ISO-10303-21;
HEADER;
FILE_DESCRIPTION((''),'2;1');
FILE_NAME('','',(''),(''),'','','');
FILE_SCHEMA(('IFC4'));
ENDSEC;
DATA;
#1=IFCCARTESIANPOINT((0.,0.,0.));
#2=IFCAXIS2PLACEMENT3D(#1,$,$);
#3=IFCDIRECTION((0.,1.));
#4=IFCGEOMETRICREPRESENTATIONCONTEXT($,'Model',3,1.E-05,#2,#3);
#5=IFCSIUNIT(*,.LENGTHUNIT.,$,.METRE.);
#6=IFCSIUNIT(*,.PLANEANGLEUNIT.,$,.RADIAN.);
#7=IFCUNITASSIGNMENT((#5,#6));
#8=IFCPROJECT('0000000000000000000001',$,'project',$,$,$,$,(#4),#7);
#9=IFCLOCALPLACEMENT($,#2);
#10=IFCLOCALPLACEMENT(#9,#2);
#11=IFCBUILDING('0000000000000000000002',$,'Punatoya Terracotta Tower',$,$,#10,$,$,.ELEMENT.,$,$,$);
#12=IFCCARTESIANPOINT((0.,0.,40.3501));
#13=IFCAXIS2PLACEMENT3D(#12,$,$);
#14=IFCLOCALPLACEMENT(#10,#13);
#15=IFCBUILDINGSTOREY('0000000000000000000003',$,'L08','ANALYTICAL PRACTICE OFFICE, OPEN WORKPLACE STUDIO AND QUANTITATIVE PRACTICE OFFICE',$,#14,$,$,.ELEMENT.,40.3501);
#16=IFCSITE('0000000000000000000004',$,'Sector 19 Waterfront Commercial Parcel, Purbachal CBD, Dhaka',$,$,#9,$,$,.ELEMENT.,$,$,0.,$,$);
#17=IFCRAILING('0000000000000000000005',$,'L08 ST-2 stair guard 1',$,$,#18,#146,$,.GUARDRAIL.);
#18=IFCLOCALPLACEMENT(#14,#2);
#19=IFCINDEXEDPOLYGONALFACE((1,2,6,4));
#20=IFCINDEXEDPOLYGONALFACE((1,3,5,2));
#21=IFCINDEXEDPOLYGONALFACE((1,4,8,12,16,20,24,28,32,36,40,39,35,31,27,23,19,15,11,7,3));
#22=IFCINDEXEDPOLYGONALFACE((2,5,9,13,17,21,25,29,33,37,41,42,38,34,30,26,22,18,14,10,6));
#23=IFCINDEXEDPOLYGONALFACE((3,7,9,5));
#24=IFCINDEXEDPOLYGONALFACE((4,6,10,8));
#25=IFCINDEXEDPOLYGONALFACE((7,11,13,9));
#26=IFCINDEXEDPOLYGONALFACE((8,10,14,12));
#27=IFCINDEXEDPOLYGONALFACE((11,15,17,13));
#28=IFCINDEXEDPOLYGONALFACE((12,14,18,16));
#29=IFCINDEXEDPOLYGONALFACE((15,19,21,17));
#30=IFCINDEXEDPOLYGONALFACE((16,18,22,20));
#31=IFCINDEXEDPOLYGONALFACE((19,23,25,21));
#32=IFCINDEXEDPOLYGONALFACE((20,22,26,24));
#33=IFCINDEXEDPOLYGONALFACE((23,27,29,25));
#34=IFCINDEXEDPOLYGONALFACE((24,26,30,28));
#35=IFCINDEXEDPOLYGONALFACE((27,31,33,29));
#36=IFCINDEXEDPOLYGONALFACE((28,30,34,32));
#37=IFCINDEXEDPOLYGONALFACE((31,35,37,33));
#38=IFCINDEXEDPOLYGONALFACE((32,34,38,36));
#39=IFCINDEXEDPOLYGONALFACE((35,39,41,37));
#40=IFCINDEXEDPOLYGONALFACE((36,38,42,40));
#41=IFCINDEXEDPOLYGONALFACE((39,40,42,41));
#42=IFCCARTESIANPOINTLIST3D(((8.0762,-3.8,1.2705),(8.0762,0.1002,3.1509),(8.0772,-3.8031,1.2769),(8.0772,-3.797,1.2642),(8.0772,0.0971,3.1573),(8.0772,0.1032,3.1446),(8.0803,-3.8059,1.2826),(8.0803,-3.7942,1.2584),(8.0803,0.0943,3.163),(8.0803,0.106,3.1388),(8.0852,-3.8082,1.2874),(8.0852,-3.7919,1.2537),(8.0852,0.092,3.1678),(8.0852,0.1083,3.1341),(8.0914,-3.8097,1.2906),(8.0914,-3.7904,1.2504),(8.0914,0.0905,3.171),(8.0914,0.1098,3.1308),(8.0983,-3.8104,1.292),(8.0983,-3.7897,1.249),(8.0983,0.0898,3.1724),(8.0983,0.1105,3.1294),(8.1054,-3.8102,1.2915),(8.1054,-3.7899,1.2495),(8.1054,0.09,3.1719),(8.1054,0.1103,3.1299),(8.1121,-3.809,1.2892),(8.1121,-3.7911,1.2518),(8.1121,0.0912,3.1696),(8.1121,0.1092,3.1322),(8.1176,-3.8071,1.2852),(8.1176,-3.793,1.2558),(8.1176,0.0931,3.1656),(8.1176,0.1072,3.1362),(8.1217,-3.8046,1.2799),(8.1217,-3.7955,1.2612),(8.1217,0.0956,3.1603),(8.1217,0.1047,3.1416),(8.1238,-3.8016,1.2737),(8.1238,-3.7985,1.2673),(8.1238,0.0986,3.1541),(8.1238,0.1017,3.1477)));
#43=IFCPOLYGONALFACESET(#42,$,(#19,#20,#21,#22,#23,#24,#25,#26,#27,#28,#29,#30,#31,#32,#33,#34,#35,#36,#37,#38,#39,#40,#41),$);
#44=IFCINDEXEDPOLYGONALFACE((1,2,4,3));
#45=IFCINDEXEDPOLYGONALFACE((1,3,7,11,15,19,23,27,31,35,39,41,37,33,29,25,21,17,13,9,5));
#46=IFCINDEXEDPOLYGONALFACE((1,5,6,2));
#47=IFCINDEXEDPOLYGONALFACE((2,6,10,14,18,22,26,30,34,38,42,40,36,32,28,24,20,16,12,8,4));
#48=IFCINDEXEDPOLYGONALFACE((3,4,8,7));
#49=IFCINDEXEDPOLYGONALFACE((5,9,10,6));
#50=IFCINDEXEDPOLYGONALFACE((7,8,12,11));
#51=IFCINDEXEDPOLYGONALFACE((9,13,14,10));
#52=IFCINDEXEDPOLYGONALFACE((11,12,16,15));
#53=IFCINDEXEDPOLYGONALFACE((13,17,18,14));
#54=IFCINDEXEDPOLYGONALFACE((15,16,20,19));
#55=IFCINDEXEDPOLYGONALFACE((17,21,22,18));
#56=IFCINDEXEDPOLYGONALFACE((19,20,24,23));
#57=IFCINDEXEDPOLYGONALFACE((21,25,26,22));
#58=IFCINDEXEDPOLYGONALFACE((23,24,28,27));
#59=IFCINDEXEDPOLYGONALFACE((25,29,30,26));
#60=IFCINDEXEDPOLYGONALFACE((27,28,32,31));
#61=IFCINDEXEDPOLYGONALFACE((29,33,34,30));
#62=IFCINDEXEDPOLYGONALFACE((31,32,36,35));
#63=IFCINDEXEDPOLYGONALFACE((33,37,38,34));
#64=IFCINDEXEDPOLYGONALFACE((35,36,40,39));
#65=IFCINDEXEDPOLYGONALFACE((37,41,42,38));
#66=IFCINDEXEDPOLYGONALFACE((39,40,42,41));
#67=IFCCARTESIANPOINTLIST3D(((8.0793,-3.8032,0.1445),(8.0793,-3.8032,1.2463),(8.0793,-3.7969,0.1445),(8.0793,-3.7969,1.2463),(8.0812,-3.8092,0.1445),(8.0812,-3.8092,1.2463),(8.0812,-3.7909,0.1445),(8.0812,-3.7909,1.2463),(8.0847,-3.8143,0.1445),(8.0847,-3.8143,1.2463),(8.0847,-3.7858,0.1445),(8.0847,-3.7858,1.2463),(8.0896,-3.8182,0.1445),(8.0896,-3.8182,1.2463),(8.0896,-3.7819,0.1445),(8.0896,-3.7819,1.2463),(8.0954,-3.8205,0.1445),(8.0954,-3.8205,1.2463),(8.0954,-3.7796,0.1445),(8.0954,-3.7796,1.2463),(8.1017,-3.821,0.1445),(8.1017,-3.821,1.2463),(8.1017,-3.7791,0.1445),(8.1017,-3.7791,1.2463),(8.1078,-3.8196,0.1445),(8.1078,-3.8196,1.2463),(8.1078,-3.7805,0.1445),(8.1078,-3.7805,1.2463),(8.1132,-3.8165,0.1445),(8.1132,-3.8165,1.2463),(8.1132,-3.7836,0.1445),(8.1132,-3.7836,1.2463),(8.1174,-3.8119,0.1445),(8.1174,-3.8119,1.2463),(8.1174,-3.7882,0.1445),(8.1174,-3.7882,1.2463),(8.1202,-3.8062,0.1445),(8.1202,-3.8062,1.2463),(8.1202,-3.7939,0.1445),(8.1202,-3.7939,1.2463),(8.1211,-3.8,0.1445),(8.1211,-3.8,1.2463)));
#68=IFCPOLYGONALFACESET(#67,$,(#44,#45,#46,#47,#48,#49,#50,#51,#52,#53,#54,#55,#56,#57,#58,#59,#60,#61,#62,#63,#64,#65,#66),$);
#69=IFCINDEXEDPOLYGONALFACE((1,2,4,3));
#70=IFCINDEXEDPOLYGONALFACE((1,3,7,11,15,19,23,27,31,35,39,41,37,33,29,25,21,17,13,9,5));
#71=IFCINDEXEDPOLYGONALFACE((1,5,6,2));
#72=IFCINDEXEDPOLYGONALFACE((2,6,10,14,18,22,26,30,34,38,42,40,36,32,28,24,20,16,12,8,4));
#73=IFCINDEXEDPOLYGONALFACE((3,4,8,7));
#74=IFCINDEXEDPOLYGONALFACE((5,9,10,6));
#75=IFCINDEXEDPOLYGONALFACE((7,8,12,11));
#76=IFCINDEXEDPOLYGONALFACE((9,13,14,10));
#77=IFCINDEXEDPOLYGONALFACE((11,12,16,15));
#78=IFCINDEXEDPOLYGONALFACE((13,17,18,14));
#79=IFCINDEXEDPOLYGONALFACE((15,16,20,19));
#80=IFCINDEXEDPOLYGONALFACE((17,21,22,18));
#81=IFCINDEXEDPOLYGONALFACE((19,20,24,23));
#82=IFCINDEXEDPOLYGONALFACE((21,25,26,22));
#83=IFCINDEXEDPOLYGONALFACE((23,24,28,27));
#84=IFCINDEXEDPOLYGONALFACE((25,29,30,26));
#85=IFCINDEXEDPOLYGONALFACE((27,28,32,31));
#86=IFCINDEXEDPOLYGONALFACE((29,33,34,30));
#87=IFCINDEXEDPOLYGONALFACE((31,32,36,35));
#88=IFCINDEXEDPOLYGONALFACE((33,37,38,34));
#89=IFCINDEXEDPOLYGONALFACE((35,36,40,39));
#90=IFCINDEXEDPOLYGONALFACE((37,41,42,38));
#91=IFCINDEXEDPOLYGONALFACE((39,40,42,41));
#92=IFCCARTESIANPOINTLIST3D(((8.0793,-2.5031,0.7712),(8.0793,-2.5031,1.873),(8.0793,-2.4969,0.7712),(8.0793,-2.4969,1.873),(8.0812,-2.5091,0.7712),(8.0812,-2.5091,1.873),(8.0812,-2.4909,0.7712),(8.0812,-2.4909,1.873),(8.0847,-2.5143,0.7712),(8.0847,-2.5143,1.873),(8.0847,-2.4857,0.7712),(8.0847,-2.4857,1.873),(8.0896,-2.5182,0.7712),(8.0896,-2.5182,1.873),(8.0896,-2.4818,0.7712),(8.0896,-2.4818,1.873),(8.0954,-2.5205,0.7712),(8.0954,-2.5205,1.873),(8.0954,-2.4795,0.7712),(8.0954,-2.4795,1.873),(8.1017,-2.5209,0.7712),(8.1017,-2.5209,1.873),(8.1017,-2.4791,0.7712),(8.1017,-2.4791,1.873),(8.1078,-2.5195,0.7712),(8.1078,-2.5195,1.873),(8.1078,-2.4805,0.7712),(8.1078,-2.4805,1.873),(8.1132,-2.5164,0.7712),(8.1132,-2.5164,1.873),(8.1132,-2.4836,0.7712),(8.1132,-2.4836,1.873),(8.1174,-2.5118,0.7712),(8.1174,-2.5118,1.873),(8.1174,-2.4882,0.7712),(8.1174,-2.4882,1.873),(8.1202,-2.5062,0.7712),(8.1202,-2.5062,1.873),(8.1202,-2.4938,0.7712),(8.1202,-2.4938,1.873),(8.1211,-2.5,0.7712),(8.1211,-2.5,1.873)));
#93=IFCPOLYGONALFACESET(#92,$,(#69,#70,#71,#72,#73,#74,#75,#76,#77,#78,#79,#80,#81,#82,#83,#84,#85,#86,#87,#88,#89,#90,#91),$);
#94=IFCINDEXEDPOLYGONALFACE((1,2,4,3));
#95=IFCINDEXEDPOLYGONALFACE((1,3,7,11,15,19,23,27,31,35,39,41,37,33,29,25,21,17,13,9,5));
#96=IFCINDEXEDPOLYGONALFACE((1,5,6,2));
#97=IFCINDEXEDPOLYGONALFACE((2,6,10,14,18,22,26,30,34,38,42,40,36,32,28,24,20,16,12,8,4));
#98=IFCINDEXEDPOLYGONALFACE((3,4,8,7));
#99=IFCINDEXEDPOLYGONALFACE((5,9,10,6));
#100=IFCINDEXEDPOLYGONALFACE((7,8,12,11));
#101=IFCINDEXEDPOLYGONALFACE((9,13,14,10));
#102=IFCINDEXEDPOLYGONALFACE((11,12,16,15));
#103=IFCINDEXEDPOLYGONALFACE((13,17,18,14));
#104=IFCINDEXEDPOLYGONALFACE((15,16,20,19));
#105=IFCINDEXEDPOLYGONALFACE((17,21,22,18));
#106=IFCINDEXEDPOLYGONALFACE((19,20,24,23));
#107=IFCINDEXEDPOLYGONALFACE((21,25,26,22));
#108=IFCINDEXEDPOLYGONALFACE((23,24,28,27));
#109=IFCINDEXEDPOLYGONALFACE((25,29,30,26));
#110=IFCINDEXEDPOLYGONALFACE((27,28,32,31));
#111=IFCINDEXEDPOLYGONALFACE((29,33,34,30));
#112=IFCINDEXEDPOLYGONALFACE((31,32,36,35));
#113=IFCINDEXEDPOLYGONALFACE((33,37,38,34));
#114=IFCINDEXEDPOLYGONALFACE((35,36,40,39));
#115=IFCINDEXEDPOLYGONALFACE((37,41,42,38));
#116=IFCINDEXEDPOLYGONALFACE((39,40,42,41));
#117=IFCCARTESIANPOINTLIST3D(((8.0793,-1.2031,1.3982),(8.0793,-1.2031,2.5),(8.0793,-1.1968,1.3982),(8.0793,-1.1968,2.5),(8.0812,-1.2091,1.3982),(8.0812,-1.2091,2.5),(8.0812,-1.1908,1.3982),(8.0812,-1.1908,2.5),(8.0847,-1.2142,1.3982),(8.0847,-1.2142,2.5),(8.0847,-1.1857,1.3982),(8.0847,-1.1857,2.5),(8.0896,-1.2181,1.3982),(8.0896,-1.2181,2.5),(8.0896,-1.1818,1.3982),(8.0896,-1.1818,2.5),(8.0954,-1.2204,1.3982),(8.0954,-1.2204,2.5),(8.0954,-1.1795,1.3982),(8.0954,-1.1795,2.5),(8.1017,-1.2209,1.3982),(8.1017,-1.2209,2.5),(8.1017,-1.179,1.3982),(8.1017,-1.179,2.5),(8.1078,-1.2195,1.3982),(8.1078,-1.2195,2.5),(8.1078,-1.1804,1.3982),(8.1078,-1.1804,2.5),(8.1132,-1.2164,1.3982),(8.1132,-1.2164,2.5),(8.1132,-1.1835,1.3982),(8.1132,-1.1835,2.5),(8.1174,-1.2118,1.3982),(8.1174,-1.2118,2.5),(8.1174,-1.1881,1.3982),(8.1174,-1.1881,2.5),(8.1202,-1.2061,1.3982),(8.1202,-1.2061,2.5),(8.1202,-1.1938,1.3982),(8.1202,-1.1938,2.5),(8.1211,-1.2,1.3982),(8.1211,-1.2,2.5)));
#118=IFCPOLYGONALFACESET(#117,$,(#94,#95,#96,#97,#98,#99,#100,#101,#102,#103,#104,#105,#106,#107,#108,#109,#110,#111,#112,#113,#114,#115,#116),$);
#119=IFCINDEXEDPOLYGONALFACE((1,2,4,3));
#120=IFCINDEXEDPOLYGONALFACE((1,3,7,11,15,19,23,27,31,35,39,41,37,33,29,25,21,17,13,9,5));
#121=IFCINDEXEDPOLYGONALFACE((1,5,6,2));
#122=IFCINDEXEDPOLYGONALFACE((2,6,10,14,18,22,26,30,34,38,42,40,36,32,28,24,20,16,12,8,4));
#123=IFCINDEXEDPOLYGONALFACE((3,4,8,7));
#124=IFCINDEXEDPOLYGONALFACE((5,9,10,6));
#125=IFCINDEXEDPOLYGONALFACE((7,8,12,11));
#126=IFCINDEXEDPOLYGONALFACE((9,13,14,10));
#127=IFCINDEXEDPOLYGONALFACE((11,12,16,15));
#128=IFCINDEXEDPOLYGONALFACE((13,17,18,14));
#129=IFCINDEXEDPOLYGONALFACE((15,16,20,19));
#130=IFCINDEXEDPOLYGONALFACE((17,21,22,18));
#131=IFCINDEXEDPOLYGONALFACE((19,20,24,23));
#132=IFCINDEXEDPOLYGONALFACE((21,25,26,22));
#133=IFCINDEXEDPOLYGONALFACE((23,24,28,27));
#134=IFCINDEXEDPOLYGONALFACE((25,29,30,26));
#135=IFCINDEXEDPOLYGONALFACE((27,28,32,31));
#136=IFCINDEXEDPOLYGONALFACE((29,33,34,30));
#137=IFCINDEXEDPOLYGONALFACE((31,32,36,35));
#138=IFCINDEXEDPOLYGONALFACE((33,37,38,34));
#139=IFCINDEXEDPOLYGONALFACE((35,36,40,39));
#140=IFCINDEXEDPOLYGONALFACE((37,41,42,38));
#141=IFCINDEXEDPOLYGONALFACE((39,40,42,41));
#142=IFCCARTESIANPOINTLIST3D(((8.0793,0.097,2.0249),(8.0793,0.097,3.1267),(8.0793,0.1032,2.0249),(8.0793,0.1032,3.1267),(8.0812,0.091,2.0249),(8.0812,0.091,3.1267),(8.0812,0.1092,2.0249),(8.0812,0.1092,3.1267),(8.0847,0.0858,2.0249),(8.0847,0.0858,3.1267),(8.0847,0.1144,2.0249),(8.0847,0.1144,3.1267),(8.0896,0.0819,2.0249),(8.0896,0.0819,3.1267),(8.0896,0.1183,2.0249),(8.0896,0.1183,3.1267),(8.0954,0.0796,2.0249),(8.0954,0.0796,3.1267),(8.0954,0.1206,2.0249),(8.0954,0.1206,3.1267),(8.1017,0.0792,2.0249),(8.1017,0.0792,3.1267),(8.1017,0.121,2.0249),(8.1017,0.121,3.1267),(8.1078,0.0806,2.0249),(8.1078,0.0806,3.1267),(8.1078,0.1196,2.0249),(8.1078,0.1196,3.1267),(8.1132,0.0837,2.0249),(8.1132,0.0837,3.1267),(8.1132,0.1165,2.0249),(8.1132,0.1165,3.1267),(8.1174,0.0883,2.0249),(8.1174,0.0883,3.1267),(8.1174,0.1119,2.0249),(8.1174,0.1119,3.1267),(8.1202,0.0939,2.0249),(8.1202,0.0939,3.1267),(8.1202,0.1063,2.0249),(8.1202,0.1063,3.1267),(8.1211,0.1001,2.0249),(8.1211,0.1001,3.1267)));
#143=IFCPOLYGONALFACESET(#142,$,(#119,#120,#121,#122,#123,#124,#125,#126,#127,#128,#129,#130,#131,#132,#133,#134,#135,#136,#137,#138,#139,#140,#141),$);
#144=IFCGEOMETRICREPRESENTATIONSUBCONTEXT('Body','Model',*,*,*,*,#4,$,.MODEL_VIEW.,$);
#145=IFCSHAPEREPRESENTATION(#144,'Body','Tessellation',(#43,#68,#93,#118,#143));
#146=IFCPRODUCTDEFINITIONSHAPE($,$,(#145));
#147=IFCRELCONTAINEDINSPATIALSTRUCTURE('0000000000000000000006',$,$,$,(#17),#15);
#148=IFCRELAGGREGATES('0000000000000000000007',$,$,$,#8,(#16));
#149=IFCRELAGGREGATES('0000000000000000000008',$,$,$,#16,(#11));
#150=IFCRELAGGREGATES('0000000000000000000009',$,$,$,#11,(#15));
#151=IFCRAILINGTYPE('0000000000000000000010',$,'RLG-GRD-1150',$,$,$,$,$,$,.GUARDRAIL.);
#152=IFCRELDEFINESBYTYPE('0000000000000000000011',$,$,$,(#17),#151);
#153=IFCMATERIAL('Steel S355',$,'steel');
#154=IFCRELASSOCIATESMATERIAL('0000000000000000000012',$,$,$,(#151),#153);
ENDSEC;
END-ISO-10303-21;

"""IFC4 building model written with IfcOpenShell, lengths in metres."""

from ifc_helpers import new_model, si_unit, direction, frame, origin, origin_2d, place, context, subcontext, project, spatial, circle, extrude, material, type_object, element, save


model = new_model("IFC4")

# Units and contexts
model_context = context("Model", 3, precision=1e-05, world=origin(), true_north=direction((0.0, 1.0)))
body_context = subcontext(model_context, "Body", "Model", "MODEL_VIEW")
ifc_project = project(units=[si_unit("LENGTHUNIT", "METRE"), si_unit("PLANEANGLEUNIT", "RADIAN")], contexts=[model_context])

# Site, building, storey
site_placement = place(None, origin())
site = spatial("IfcSite", under=ifc_project, at=site_placement, Name="Sector 19 Waterfront Commercial Parcel, Purbachal CBD, Dhaka", CompositionType="ELEMENT", RefElevation=0.0)
building_placement = place(site_placement, origin())
building = spatial("IfcBuilding", under=site, at=building_placement, Name="Punatoya Terracotta Tower", CompositionType="ELEMENT")
storey_placement = place(building_placement, frame((0.0, 0.0, 40.3501)))
storey = spatial("IfcBuildingStorey", under=building, at=storey_placement, Name="L08", Description="ANALYTICAL PRACTICE OFFICE, OPEN WORKPLACE STUDIO AND QUANTITATIVE PRACTICE OFFICE", CompositionType="ELEMENT", Elevation=40.3501)

# Shared definitions
ifc_material_1 = material(Name="Steel S355", Category="steel")

# Railing
railing_type_1 = type_object("IfcRailingType", Name="RLG-GRD-1150", PredefinedType="GUARDRAIL", material=ifc_material_1)
railing_1_placement = place(storey_placement, frame((8.1001, -3.8, 0.1445)))
element("IfcRailing", 1, at=railing_1_placement, inside=storey, type_object=railing_type_1, Name="L08 ST-2 stair guard 1", PredefinedType="GUARDRAIL", context=body_context, shape_type="SweptSolid", body=[
    extrude(circle(Radius=0.0239, at=origin_2d()), frame((0.0, 0.0, 1.126), z_axis=(0.0, 0.900774, 0.434289), x_axis=(-1.0, 0.0, 0.0)), (0.0, 0.0, 1.0), 4.3298),
    extrude(circle(Radius=0.021, at=origin_2d()), origin(), (0.0, 0.0, 1.0), 1.1018),
    extrude(circle(Radius=0.021, at=origin_2d()), frame((0.0, 1.3, 0.6267)), (0.0, 0.0, 1.0), 1.1018),
    extrude(circle(Radius=0.021, at=origin_2d()), frame((0.0, 2.6001, 1.2537)), (0.0, 0.0, 1.0), 1.1018),
    extrude(circle(Radius=0.021, at=origin_2d()), frame((0.0, 3.9001, 1.8804)), (0.0, 0.0, 1.0), 1.1018),
])

save(model, "model.ifc")
